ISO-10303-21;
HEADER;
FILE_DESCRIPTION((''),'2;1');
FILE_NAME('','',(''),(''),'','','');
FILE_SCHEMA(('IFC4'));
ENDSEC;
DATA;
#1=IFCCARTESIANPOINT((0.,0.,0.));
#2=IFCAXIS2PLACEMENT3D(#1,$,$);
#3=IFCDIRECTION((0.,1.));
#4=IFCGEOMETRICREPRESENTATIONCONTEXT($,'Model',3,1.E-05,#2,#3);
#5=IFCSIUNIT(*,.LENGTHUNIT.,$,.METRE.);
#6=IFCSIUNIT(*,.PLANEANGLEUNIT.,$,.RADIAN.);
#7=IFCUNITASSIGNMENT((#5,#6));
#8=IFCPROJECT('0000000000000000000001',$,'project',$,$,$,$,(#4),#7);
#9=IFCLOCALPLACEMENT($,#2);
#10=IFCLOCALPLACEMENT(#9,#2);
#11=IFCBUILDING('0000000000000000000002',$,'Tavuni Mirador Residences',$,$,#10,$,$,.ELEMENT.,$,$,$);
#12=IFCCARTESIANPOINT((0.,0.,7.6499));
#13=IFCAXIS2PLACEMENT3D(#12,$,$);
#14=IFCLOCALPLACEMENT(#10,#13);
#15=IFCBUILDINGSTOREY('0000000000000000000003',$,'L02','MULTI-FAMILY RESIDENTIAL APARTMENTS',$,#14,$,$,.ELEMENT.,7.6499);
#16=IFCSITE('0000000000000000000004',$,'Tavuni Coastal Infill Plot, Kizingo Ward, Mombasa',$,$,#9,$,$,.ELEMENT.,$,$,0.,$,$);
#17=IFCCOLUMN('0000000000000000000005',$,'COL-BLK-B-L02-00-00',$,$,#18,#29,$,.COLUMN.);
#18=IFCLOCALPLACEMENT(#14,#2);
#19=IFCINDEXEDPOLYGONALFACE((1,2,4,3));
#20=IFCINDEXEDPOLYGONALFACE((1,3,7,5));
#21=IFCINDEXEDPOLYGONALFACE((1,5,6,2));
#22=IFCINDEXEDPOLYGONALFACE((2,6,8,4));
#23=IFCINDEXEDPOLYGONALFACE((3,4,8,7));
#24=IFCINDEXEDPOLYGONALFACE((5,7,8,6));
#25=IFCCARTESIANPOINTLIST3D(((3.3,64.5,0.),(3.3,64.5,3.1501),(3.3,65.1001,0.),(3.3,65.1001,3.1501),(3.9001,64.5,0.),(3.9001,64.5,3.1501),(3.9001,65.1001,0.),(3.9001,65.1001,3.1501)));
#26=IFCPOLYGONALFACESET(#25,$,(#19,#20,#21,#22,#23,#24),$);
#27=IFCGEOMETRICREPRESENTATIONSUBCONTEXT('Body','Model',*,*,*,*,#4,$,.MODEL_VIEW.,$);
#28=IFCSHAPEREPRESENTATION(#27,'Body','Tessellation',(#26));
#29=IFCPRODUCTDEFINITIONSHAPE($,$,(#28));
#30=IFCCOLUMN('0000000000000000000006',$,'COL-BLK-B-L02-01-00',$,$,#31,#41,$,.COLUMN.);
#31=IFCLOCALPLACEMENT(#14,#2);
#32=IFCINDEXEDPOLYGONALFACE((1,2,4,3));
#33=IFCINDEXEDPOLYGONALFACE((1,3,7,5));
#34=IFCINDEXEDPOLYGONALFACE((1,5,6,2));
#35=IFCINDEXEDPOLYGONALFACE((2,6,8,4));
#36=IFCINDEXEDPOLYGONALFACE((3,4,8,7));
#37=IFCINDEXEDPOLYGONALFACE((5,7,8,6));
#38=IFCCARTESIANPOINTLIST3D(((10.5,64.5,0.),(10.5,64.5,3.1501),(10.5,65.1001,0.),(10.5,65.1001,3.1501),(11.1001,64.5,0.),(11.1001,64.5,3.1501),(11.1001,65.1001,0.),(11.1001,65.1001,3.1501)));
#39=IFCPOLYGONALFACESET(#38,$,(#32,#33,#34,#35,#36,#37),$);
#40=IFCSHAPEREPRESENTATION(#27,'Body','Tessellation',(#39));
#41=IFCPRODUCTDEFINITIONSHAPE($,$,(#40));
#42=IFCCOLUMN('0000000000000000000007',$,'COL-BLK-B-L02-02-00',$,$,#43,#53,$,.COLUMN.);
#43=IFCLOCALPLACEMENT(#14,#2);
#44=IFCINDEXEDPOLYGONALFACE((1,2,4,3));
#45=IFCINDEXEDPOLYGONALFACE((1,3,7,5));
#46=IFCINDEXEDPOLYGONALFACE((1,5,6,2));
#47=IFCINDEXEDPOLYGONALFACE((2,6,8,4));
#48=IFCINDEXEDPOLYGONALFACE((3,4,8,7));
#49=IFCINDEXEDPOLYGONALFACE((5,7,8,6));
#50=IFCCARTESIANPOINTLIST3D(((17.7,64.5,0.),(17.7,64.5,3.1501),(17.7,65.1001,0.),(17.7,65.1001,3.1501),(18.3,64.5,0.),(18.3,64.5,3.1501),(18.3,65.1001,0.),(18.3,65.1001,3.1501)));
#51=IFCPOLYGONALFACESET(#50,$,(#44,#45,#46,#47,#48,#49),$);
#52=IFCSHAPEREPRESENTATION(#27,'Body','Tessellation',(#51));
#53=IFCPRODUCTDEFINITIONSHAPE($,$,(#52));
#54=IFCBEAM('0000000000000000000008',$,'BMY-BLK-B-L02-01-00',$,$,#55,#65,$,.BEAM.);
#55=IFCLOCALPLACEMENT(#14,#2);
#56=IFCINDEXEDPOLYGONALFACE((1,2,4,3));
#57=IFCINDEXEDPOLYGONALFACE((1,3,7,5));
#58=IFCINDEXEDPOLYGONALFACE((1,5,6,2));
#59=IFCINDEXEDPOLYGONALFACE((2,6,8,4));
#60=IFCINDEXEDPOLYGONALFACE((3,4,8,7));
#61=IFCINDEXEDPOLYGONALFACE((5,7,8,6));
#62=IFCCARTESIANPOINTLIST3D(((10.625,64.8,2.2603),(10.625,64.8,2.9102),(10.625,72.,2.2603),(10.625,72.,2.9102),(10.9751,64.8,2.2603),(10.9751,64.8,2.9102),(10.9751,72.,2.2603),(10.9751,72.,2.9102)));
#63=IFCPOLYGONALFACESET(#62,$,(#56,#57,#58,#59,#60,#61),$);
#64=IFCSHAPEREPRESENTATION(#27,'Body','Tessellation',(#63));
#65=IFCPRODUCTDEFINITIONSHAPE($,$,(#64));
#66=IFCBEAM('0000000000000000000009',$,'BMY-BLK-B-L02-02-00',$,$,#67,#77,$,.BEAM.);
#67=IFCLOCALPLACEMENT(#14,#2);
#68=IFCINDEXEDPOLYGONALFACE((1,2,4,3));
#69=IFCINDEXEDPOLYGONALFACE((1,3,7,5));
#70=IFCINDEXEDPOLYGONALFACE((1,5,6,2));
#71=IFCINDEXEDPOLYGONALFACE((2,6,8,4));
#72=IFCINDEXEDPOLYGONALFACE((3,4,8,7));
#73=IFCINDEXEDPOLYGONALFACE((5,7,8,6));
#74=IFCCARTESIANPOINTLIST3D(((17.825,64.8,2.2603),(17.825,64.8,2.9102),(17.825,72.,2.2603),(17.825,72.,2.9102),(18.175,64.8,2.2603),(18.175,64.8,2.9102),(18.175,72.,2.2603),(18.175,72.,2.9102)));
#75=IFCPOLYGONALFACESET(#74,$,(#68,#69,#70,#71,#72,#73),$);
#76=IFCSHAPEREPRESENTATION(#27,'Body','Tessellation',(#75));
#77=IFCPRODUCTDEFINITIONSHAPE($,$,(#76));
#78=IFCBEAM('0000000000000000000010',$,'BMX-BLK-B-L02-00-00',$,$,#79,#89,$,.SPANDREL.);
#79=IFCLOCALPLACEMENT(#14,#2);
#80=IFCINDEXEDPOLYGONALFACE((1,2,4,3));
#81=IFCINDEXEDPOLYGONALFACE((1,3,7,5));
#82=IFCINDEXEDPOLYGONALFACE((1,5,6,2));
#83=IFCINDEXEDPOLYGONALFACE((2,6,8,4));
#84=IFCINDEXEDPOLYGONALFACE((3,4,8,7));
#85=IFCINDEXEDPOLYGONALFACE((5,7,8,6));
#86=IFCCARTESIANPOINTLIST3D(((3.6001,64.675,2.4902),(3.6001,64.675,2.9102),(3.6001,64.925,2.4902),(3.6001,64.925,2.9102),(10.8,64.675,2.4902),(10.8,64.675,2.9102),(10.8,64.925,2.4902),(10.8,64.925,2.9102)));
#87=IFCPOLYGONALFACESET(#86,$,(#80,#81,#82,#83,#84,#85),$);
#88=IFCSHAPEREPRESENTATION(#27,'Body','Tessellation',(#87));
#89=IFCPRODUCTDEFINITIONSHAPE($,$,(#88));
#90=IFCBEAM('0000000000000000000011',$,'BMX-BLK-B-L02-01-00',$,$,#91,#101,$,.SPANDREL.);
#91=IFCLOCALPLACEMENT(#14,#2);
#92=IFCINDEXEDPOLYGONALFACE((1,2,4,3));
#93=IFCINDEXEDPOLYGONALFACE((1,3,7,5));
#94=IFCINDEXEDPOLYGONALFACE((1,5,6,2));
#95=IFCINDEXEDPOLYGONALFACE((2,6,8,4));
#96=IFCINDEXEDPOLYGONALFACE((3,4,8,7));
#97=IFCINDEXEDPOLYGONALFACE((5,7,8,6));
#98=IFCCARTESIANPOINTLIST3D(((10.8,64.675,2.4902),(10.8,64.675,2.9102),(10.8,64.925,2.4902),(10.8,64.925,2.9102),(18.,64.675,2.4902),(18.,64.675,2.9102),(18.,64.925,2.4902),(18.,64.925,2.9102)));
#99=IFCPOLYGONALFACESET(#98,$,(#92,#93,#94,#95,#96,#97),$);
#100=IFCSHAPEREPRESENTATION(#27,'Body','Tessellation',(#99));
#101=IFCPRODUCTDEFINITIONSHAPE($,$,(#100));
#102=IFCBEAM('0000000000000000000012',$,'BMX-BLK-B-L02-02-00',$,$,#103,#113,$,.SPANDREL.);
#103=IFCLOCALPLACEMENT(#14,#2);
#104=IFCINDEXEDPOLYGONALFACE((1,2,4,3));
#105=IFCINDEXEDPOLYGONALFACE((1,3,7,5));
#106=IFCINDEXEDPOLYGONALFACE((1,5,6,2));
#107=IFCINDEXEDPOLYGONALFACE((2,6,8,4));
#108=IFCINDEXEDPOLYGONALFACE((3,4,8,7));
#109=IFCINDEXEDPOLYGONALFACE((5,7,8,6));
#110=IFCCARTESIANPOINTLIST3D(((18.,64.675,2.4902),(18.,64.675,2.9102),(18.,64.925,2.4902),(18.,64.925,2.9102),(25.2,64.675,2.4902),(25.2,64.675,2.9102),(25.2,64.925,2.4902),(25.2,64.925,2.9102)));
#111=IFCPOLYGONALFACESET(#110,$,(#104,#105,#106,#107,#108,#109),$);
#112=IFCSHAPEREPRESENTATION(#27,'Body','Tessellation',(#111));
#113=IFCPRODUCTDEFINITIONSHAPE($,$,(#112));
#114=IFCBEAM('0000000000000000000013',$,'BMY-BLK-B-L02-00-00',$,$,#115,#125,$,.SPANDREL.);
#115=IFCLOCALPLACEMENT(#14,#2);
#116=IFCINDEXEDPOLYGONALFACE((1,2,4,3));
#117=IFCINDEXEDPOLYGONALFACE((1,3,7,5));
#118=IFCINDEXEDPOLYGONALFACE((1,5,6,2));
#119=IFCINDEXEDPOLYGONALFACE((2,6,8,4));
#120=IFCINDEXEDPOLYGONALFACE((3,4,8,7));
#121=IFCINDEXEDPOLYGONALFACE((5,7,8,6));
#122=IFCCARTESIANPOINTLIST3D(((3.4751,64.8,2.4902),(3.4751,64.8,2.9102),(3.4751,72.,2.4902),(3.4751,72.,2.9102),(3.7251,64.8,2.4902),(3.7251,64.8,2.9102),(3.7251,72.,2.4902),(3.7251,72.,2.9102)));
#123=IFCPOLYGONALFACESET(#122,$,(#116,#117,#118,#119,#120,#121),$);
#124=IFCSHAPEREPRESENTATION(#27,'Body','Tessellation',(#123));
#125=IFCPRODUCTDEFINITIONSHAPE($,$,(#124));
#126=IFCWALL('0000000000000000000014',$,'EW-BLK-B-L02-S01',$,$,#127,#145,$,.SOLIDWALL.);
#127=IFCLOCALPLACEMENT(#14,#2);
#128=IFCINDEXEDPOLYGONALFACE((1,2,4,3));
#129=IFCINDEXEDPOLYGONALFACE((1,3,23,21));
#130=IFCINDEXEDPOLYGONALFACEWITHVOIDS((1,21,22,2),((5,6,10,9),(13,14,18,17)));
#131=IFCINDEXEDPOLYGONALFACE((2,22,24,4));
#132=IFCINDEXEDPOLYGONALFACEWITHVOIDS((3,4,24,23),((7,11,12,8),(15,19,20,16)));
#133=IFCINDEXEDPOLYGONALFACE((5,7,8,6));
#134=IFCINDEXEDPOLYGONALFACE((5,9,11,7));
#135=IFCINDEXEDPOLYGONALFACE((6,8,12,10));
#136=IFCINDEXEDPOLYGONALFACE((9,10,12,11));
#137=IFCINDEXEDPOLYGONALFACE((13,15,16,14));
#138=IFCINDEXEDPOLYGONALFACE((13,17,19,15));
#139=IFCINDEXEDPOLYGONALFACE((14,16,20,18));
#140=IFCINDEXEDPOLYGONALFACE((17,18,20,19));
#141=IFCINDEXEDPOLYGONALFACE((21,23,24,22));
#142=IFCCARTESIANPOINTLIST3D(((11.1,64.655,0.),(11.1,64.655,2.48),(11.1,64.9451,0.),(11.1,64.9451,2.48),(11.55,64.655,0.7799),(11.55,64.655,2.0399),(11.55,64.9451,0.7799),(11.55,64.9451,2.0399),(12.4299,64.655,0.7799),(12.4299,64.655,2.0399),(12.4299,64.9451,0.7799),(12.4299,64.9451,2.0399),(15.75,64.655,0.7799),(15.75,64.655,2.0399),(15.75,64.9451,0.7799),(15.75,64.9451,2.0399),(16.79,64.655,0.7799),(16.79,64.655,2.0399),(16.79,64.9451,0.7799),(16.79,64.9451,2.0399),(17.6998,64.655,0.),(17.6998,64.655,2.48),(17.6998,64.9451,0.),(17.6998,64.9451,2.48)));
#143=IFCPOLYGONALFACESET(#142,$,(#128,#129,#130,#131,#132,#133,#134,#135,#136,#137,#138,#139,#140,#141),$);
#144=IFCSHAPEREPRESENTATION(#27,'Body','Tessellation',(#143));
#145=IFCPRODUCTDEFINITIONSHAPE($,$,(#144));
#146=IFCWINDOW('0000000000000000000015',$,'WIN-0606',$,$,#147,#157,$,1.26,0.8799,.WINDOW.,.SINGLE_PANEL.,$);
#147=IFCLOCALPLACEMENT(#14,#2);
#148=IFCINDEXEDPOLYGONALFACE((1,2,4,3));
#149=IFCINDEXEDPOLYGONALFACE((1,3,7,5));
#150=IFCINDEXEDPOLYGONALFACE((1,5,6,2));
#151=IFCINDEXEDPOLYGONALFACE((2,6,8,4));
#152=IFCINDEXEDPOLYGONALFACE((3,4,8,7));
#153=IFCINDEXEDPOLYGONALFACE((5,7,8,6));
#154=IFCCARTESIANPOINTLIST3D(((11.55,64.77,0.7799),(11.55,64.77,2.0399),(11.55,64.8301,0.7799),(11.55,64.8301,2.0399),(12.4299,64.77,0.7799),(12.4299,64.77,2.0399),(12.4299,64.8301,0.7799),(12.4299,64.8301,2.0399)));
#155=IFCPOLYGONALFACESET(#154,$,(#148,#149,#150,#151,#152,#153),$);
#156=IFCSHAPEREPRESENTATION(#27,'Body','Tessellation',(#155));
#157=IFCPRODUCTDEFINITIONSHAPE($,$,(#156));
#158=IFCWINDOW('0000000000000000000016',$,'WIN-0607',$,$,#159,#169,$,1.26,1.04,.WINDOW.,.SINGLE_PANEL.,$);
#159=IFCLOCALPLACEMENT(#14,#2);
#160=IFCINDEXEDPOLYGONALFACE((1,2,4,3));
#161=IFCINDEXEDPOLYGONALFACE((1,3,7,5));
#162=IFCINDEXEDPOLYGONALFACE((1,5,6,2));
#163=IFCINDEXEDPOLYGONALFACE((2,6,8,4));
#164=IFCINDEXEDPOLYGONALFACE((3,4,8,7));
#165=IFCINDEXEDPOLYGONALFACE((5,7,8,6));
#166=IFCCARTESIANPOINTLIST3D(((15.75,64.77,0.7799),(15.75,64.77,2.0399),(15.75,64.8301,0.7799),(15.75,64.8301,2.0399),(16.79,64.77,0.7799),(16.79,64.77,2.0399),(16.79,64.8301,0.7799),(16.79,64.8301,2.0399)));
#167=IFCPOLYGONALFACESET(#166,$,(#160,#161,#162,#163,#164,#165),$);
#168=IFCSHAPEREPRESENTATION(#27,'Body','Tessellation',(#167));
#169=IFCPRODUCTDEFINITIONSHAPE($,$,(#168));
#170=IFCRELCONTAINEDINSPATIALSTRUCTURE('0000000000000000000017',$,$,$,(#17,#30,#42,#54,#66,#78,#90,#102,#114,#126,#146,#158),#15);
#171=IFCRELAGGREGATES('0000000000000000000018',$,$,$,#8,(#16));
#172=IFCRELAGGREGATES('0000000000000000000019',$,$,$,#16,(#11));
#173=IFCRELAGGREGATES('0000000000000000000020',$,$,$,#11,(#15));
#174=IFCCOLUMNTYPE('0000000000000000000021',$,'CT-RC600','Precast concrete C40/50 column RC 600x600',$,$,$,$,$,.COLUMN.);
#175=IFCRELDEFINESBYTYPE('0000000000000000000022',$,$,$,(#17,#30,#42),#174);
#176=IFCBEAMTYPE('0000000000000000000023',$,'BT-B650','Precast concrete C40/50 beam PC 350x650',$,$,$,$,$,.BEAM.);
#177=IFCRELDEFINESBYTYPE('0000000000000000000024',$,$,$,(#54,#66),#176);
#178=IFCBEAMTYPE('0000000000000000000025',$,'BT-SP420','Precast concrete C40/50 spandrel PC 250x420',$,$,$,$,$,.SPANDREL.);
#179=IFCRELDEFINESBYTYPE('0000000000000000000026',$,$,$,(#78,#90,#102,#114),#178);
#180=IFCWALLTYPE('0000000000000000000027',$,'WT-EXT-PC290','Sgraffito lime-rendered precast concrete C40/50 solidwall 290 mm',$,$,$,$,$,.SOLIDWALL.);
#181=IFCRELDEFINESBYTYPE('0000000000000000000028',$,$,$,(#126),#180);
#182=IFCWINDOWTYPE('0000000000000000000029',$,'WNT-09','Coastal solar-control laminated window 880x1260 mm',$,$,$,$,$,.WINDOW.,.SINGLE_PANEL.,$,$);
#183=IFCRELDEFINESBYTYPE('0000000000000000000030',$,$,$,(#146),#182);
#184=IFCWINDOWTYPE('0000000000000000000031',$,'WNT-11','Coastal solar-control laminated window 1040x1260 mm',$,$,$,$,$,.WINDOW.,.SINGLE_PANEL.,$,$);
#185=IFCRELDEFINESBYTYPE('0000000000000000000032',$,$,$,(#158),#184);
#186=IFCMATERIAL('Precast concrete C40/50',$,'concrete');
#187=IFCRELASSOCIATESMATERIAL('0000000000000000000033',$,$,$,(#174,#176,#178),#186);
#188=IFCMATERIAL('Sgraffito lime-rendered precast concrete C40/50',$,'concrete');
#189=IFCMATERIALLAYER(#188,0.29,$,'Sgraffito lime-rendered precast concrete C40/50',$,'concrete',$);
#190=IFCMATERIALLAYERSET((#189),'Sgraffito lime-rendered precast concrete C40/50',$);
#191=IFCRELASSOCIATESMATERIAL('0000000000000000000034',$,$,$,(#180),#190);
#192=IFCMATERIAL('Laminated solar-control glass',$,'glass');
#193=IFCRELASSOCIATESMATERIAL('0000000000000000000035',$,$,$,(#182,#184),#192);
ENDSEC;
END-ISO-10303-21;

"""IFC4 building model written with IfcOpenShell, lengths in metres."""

from ifc_helpers import new_model, si_unit, direction, frame, frame_2d, origin, origin_2d, place, context, subcontext, project, spatial, rectangle, extrude, material, layer, layer_set, material_profile, profile_set, type_object, element, fill, save


model = new_model("IFC4")

# Units and contexts
model_context = context("Model", 3, precision=1e-05, world=origin(), true_north=direction((0.0, 1.0)))
body_context = subcontext(model_context, "Body", "Model", "MODEL_VIEW")
ifc_project = project(units=[si_unit("LENGTHUNIT", "METRE"), si_unit("PLANEANGLEUNIT", "RADIAN")], contexts=[model_context])

# Site, building, storey
site_placement = place(None, origin())
site = spatial("IfcSite", under=ifc_project, at=site_placement, Name="Tavuni Coastal Infill Plot, Kizingo Ward, Mombasa", CompositionType="ELEMENT", RefElevation=0.0)
building_placement = place(site_placement, origin())
building = spatial("IfcBuilding", under=site, at=building_placement, Name="Tavuni Mirador Residences", CompositionType="ELEMENT")
storey_placement = place(building_placement, frame((0.0, 0.0, 7.6499)))
storey = spatial("IfcBuildingStorey", under=building, at=storey_placement, Name="L02", Description="MULTI-FAMILY RESIDENTIAL APARTMENTS", CompositionType="ELEMENT", Elevation=7.6499)

# Columns
ifc_material_1 = material(Name="Precast concrete C40/50", Category="concrete")
ifc_material_profile_1 = material_profile(ifc_material_1, rectangle(XDim=0.6001, YDim=0.6001, at=origin_2d()), Name="RC 600x600", Category="concrete")
ifc_profile_set_1 = profile_set([ifc_material_profile_1], Name="Precast concrete C40/50")
column_type = type_object("IfcColumnType", Name="CT-RC600", Description="Precast concrete C40/50 column RC 600x600", PredefinedType="COLUMN", material=ifc_profile_set_1)
for number, where, z_axis, x_axis, name in (
    (1, (3.6001, 64.8, 0.0), (0.0, 0.0, 1.0), (1.0, 0.0, 0.0), "COL-BLK-B-L02-00-00"),
    (2, (10.8, 64.8, 0.0), (0.0, 0.0, 1.0), (1.0, 0.0, 0.0), "COL-BLK-B-L02-01-00"),
    (3, (18.0, 64.8, 0.0), (0.0, 0.0, 1.0), (1.0, 0.0, 0.0), "COL-BLK-B-L02-02-00"),
):
    element("IfcColumn", number, at=place(storey_placement, frame(where, z_axis=z_axis, x_axis=x_axis)), inside=storey, type_object=column_type, Name=name, PredefinedType="COLUMN", context=body_context, shape_type="SweptSolid", body=[
        extrude(rectangle(XDim=0.6001, YDim=0.6001, at=origin_2d()), origin(), (0.0, 0.0, 1.0), 3.1501),
    ])

# Beams
ifc_material_profile_2 = material_profile(ifc_material_1, rectangle(XDim=0.3501, YDim=0.6499, at=origin_2d()), Name="PC 350x650", Category="concrete")
ifc_profile_set_2 = profile_set([ifc_material_profile_2], Name="Precast concrete C40/50")
beam_type_1 = type_object("IfcBeamType", Name="BT-B650", Description="Precast concrete C40/50 beam PC 350x650", PredefinedType="BEAM", material=ifc_profile_set_2)
for number, where, z_axis, x_axis, name in (
    (4, (10.8, 64.8, 2.5852), (0.0, 1.0, 0.0), (-1.0, 0.0, 0.0), "BMY-BLK-B-L02-01-00"),
    (5, (18.0, 64.8, 2.5852), (0.0, 1.0, 0.0), (-1.0, 0.0, 0.0), "BMY-BLK-B-L02-02-00"),
):
    element("IfcBeam", number, at=place(storey_placement, frame(where, z_axis=z_axis, x_axis=x_axis)), inside=storey, type_object=beam_type_1, Name=name, PredefinedType="BEAM", context=body_context, shape_type="SweptSolid", body=[
        extrude(rectangle(XDim=0.3501, YDim=0.6499, at=origin_2d()), origin(), (0.0, 0.0, 1.0), 7.2),
    ])
ifc_material_profile_3 = material_profile(ifc_material_1, rectangle(XDim=0.25, YDim=0.4199, at=origin_2d()), Name="PC 250x420", Category="concrete")
ifc_profile_set_3 = profile_set([ifc_material_profile_3], Name="Precast concrete C40/50")
beam_type_2 = type_object("IfcBeamType", Name="BT-SP420", Description="Precast concrete C40/50 spandrel PC 250x420", PredefinedType="SPANDREL", material=ifc_profile_set_3)
for number, where, z_axis, x_axis, name in (
    (6, (3.6001, 64.8, 2.7002), (1.0, 0.0, 0.0), (0.0, 1.0, 0.0), "BMX-BLK-B-L02-00-00"),
    (7, (10.8, 64.8, 2.7002), (1.0, 0.0, 0.0), (0.0, 1.0, 0.0), "BMX-BLK-B-L02-01-00"),
    (8, (18.0, 64.8, 2.7002), (1.0, 0.0, 0.0), (0.0, 1.0, 0.0), "BMX-BLK-B-L02-02-00"),
    (9, (3.6001, 64.8, 2.7002), (0.0, 1.0, 0.0), (-1.0, 0.0, 0.0), "BMY-BLK-B-L02-00-00"),
):
    element("IfcBeam", number, at=place(storey_placement, frame(where, z_axis=z_axis, x_axis=x_axis)), inside=storey, type_object=beam_type_2, Name=name, PredefinedType="SPANDREL", context=body_context, shape_type="SweptSolid", body=[
        extrude(rectangle(XDim=0.25, YDim=0.4199, at=origin_2d()), origin(), (0.0, 0.0, 1.0), 7.2),
    ])

# Wall, openings, windows
ifc_material_2 = material(Name="Sgraffito lime-rendered precast concrete C40/50", Category="concrete")
ifc_layer_1 = layer(ifc_material_2, 0.29, Name="Sgraffito lime-rendered precast concrete C40/50", Category="concrete")
ifc_layer_set_1 = layer_set([ifc_layer_1], Name="Sgraffito lime-rendered precast concrete C40/50")
wall_type_1 = type_object("IfcWallType", Name="WT-EXT-PC290", Description="Sgraffito lime-rendered precast concrete C40/50 solidwall 290 mm", PredefinedType="SOLIDWALL", material=ifc_layer_set_1)
wall_1_placement = place(storey_placement, frame((11.1001, 64.8, 0.0), z_axis=(0.0, 0.0, 1.0), x_axis=(1.0, 0.0, 0.0)))
wall_1 = element("IfcWall", 10, at=wall_1_placement, inside=storey, type_object=wall_type_1, Name="EW-BLK-B-L02-S01", PredefinedType="SOLIDWALL", context=body_context, shape_type="SweptSolid", body=[
    extrude(rectangle(XDim=6.5999, YDim=0.29, at=frame_2d((3.2998, 0.0))), origin(), (0.0, 0.0, 1.0), 2.48),
])
opening_1_placement = place(wall_1_placement, frame((0.45, 0.0, 0.78)))
opening_1 = element("IfcOpeningElement", 11, at=opening_1_placement, cuts=wall_1, PredefinedType="OPENING", context=body_context, shape_type="SweptSolid", body=[
    extrude(rectangle(XDim=0.8799, YDim=1.26, at=frame_2d((0.4399, 0.6299))), frame((0.0, 0.155, 0.0), z_axis=(0.0, -1.0, 0.0), x_axis=(1.0, 0.0, 0.0)), (0.0, 0.0, 1.0), 0.3101),
])
opening_2_placement = place(wall_1_placement, frame((4.6499, 0.0, 0.78)))
opening_2 = element("IfcOpeningElement", 12, at=opening_2_placement, cuts=wall_1, PredefinedType="OPENING", context=body_context, shape_type="SweptSolid", body=[
    extrude(rectangle(XDim=1.04, YDim=1.26, at=frame_2d((0.52, 0.6299))), frame((0.0, 0.155, 0.0), z_axis=(0.0, -1.0, 0.0), x_axis=(1.0, 0.0, 0.0)), (0.0, 0.0, 1.0), 0.3101),
])
ifc_material_3 = material(Name="Laminated solar-control glass", Category="glass")
window_type_1 = type_object("IfcWindowType", Name="WNT-09", Description="Coastal solar-control laminated window 880x1260 mm", PartitioningType="SINGLE_PANEL", PredefinedType="WINDOW", material=ifc_material_3)
window_1_placement = place(opening_1_placement, origin())
window_1 = element("IfcWindow", 13, at=window_1_placement, inside=storey, type_object=window_type_1, Name="WIN-0606", OverallHeight=1.26, OverallWidth=0.8799, PartitioningType="SINGLE_PANEL", PredefinedType="WINDOW", context=body_context, shape_type="SweptSolid", body=[
    extrude(rectangle(XDim=0.8799, YDim=1.26, at=frame_2d((0.4399, 0.6299))), frame((0.0, 0.03, 0.0), z_axis=(0.0, -1.0, 0.0), x_axis=(1.0, 0.0, 0.0)), (0.0, 0.0, 1.0), 0.0601),
])
fill(opening_1, window_1)
window_type_2 = type_object("IfcWindowType", Name="WNT-11", Description="Coastal solar-control laminated window 1040x1260 mm", PartitioningType="SINGLE_PANEL", PredefinedType="WINDOW", material=ifc_material_3)
window_2_placement = place(opening_2_placement, origin())
window_2 = element("IfcWindow", 14, at=window_2_placement, inside=storey, type_object=window_type_2, Name="WIN-0607", OverallHeight=1.26, OverallWidth=1.04, PartitioningType="SINGLE_PANEL", PredefinedType="WINDOW", context=body_context, shape_type="SweptSolid", body=[
    extrude(rectangle(XDim=1.04, YDim=1.26, at=frame_2d((0.52, 0.6299))), frame((0.0, 0.03, 0.0), z_axis=(0.0, -1.0, 0.0), x_axis=(1.0, 0.0, 0.0)), (0.0, 0.0, 1.0), 0.0601),
])
fill(opening_2, window_2)

save(model, "model.ifc")
